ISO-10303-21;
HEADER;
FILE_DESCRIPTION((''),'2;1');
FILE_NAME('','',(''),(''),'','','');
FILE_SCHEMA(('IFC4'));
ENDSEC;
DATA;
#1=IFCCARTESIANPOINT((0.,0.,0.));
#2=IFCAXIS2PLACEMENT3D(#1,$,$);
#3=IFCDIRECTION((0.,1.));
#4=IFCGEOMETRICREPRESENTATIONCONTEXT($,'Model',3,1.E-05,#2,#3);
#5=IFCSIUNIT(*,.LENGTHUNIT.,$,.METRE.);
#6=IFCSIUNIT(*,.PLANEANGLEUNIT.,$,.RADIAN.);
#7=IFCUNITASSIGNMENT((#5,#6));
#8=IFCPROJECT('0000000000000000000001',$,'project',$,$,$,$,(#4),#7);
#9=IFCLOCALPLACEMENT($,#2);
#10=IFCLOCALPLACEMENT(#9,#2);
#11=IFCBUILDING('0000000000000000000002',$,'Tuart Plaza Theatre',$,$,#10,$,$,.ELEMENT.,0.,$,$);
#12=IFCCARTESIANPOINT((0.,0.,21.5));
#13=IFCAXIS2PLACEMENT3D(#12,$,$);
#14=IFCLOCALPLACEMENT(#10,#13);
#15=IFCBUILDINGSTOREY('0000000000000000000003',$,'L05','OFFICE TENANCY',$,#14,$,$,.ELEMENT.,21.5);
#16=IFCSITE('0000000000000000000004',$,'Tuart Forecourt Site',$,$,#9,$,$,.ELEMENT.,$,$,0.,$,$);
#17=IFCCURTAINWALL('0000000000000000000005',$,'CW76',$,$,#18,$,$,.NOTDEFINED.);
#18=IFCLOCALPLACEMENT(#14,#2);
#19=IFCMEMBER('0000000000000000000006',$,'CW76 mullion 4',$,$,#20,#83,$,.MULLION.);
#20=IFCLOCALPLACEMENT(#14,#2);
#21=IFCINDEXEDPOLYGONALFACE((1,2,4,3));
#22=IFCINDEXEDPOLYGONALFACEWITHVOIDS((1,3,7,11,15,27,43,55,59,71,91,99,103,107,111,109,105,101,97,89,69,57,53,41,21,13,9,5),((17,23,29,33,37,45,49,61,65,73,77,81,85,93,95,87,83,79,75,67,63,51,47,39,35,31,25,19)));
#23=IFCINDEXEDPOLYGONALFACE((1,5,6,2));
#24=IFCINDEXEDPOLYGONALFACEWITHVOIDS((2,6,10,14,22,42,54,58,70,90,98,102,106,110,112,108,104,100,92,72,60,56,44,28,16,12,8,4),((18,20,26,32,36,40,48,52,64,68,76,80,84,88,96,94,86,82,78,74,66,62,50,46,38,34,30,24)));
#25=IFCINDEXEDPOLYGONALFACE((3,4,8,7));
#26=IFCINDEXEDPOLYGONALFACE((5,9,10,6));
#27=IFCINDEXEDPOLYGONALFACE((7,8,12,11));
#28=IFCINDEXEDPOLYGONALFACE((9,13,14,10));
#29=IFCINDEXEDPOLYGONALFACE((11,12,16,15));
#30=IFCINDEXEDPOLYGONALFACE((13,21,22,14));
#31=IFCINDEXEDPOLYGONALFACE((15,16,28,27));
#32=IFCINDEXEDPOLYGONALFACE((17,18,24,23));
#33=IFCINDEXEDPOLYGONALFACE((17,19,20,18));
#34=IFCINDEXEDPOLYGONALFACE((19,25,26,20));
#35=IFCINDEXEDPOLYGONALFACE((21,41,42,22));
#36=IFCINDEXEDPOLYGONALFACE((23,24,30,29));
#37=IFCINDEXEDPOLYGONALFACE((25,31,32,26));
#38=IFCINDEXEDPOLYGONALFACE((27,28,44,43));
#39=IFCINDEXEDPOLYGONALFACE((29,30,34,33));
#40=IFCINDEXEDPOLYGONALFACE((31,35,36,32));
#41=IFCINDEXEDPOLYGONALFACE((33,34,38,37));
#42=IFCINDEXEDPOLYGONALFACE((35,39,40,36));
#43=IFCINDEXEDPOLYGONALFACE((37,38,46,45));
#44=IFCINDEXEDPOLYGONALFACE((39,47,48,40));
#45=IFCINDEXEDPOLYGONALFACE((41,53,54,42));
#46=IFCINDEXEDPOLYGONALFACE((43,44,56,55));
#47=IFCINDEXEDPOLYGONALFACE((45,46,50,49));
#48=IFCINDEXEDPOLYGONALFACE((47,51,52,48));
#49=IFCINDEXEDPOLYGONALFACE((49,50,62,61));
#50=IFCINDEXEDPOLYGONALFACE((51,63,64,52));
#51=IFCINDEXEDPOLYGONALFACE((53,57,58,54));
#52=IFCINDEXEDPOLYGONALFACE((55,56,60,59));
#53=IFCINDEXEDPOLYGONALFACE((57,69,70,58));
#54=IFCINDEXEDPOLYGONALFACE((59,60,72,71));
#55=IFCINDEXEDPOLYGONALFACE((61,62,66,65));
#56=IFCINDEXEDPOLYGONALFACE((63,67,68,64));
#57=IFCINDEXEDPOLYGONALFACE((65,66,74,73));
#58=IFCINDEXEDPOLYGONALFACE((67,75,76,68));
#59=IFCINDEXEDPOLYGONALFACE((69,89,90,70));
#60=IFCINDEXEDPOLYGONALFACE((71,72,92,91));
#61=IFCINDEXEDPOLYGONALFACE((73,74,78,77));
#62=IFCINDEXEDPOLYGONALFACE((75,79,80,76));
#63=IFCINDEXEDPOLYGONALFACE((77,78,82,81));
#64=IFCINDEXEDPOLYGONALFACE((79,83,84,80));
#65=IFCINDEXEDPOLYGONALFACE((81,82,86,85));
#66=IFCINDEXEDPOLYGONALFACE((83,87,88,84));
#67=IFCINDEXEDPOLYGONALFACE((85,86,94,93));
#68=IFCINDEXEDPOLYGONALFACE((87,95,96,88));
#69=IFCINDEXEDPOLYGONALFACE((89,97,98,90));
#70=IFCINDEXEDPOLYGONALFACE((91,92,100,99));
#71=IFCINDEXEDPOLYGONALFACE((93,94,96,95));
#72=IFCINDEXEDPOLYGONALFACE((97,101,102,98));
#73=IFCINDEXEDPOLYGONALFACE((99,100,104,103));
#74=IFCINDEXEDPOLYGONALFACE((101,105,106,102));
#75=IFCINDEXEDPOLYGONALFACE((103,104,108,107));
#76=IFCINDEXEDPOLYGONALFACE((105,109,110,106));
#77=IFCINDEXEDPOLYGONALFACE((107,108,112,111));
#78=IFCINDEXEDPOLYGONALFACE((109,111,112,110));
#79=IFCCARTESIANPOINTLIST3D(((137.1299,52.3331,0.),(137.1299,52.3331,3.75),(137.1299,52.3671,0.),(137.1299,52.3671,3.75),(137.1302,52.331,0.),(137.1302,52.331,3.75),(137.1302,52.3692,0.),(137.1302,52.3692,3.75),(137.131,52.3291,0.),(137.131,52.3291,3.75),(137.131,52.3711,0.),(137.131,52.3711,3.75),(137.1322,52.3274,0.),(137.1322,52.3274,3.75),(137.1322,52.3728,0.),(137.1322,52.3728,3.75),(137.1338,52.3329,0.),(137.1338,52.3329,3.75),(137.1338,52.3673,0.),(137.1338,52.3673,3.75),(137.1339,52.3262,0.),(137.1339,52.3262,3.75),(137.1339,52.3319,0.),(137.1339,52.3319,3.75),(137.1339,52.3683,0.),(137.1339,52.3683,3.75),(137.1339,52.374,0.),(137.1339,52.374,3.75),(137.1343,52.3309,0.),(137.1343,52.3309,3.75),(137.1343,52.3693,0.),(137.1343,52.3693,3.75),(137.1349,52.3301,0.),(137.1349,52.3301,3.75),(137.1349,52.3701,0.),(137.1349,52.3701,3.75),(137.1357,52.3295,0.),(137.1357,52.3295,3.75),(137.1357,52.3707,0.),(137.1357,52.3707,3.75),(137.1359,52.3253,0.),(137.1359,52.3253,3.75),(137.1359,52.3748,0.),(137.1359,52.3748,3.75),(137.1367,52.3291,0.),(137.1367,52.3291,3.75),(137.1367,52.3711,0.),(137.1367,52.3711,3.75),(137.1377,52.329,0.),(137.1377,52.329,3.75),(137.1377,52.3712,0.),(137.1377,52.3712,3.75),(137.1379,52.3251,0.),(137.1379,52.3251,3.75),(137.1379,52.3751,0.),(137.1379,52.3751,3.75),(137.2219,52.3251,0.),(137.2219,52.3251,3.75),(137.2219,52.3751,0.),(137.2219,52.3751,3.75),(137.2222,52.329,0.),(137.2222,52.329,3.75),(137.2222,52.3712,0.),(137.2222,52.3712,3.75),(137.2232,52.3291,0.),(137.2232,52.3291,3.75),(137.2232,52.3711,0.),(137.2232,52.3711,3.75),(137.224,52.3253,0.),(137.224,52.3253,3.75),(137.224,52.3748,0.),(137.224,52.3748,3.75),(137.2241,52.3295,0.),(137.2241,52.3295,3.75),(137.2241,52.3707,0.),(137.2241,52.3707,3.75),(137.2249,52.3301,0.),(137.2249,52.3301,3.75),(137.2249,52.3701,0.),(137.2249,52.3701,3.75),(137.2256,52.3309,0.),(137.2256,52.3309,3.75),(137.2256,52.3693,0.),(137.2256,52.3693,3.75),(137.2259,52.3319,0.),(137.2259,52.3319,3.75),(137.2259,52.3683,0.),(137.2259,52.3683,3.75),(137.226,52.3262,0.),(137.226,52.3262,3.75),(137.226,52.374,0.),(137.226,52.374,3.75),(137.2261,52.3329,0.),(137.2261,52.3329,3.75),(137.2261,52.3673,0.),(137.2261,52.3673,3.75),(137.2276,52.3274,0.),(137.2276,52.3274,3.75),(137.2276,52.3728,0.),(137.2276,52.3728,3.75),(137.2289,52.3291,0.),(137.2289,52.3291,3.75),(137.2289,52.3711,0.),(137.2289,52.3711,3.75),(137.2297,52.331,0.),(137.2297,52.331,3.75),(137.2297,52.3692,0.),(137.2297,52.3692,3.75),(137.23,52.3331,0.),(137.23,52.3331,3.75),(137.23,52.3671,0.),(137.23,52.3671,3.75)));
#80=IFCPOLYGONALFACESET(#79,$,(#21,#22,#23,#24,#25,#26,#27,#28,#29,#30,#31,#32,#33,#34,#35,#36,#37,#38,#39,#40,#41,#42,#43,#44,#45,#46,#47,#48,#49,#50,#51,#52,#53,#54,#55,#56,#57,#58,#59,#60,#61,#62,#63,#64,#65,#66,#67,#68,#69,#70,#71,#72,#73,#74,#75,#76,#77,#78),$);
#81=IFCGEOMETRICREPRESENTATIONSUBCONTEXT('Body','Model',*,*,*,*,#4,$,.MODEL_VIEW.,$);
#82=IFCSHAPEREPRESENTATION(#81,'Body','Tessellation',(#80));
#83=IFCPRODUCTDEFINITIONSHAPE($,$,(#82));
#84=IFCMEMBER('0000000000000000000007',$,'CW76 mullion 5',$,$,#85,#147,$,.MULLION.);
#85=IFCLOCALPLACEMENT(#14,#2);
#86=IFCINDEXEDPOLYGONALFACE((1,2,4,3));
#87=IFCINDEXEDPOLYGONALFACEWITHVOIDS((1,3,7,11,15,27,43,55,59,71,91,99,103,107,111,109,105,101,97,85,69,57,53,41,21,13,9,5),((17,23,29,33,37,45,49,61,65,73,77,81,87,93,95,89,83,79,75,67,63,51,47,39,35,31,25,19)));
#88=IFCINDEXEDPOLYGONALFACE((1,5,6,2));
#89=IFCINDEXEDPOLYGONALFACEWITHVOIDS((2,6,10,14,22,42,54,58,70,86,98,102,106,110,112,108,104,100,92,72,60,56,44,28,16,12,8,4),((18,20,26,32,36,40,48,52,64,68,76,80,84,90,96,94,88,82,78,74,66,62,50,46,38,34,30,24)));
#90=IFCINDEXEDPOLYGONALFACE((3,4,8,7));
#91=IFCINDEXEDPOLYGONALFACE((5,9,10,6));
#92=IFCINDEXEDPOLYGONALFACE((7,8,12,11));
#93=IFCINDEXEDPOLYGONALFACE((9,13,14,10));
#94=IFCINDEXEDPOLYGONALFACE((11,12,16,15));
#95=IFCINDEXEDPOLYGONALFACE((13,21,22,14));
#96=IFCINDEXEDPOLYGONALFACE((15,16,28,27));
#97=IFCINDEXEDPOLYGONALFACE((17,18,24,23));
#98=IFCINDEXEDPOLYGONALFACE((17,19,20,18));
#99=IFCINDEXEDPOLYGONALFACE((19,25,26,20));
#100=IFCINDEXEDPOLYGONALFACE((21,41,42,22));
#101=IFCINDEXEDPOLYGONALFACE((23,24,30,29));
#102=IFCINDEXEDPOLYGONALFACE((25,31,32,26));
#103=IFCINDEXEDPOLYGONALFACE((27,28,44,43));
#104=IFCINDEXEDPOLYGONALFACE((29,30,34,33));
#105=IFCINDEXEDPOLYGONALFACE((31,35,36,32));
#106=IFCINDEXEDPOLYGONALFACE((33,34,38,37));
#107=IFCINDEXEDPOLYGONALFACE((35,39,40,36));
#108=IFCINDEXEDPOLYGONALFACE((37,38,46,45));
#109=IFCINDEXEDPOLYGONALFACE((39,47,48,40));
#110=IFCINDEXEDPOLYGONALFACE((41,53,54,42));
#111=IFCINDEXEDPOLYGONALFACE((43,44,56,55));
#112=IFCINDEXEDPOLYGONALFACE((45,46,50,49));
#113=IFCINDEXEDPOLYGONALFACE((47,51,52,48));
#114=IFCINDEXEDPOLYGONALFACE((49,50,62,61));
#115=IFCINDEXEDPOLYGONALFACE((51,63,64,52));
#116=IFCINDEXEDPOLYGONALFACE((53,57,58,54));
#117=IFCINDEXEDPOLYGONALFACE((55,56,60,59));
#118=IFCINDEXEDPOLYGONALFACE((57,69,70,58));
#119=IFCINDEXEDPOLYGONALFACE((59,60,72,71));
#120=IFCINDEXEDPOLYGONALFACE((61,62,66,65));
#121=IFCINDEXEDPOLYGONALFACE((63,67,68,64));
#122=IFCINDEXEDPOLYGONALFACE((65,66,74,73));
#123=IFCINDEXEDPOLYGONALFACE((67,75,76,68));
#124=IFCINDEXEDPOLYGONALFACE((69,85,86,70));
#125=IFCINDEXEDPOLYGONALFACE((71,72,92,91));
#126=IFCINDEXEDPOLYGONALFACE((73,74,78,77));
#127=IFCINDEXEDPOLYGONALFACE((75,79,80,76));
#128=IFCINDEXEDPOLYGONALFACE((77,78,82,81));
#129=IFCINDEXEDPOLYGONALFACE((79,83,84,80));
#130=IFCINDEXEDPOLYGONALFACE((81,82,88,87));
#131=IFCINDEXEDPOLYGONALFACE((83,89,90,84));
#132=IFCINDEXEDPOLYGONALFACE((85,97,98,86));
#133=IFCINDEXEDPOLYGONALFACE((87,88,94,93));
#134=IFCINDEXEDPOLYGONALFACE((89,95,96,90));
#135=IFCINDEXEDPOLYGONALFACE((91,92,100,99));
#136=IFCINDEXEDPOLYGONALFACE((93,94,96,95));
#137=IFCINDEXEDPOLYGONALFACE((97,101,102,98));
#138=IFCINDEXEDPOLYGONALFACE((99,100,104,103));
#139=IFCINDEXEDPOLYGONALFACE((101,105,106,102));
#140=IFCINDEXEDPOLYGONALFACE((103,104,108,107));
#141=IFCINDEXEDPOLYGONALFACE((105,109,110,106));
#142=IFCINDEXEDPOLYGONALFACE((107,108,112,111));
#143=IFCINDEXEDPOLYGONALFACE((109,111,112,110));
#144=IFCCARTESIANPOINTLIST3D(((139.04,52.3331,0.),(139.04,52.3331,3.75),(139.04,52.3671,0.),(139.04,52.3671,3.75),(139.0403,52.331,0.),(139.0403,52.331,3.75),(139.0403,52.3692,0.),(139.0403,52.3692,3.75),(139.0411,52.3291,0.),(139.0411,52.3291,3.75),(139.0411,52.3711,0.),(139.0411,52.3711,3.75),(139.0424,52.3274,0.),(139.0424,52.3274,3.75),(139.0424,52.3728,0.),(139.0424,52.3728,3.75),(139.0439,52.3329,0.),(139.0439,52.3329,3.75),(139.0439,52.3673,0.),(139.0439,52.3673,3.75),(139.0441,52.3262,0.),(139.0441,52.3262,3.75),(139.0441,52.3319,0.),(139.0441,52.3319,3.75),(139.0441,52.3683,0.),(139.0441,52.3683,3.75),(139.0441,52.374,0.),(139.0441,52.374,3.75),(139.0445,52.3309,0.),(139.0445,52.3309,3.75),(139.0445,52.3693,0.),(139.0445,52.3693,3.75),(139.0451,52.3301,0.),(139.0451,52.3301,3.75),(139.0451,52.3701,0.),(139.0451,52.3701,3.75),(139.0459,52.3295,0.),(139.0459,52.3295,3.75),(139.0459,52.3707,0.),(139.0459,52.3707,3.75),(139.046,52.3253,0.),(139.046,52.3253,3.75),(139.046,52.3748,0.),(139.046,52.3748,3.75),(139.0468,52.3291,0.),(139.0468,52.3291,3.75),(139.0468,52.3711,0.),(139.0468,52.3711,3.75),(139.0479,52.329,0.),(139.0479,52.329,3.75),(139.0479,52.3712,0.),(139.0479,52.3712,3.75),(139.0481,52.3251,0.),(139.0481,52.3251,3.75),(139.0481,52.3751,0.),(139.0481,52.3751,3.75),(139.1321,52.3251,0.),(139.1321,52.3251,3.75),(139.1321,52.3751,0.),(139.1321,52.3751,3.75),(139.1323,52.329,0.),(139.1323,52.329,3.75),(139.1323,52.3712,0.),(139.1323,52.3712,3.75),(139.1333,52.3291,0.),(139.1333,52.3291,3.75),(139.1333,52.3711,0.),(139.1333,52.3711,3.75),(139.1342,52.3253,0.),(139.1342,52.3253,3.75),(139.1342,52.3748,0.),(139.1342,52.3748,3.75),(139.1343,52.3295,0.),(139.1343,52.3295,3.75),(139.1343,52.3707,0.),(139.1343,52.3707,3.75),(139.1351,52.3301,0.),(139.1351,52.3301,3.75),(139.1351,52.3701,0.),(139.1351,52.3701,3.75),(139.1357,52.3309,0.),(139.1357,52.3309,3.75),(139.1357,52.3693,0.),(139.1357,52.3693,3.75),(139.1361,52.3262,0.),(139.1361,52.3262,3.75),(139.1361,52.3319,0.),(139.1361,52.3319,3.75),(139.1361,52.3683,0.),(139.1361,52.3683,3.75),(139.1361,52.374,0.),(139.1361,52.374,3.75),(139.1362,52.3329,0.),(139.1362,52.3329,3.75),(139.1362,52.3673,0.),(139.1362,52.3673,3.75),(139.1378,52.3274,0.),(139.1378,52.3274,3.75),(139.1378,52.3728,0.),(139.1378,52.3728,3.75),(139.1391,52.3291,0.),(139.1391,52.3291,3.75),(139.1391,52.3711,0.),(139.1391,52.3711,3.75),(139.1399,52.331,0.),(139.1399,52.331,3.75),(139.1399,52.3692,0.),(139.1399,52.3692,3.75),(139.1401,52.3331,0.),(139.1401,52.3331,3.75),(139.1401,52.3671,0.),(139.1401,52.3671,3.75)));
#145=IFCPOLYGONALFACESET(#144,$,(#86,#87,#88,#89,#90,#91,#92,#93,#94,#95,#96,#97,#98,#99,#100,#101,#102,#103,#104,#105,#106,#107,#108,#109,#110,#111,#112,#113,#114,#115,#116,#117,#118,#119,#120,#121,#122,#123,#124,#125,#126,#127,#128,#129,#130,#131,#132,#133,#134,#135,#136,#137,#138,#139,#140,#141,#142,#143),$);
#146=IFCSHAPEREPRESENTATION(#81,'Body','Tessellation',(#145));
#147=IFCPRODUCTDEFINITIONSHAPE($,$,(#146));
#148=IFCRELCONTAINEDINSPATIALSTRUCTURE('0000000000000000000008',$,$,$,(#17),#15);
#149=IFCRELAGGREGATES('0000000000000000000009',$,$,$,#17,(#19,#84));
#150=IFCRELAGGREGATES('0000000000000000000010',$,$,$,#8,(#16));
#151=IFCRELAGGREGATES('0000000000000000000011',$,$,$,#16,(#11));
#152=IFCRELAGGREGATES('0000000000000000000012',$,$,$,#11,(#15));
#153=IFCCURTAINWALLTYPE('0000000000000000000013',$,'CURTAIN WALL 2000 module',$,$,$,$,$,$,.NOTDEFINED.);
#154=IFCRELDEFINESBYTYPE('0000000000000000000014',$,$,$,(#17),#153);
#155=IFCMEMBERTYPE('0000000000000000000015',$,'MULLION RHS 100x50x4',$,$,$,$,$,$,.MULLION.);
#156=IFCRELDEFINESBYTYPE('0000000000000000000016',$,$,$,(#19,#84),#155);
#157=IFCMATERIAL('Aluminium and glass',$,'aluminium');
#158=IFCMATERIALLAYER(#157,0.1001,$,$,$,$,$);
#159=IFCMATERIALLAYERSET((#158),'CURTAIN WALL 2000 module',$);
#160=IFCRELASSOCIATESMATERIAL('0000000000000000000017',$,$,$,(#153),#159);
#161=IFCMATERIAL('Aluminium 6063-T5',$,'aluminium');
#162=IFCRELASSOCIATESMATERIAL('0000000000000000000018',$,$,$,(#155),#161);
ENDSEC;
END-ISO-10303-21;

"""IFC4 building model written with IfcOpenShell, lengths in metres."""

from ifc_helpers import new_model, si_unit, direction, frame, origin, origin_2d, place, context, subcontext, project, spatial, hollow_rectangle, extrude, material, layer, layer_set, material_profile, profile_set, type_object, element, aggregate, save


model = new_model("IFC4")

# Units and contexts
model_context = context("Model", 3, precision=1e-05, world=origin(), true_north=direction((0.0, 1.0)))
body_context = subcontext(model_context, "Body", "Model", "MODEL_VIEW")
ifc_project = project(units=[si_unit("LENGTHUNIT", "METRE"), si_unit("PLANEANGLEUNIT", "RADIAN")], contexts=[model_context])

# Site, building, storey
site_placement = place(None, origin())
site = spatial("IfcSite", under=ifc_project, at=site_placement, Name="Tuart Forecourt Site", CompositionType="ELEMENT", RefElevation=0.0)
building_placement = place(site_placement, origin())
building = spatial("IfcBuilding", under=site, at=building_placement, Name="Tuart Plaza Theatre", CompositionType="ELEMENT", ElevationOfRefHeight=0.0)
storey_placement = place(building_placement, frame((0.0, 0.0, 21.5)))
storey = spatial("IfcBuildingStorey", under=building, at=storey_placement, Name="L05", Description="OFFICE TENANCY", CompositionType="ELEMENT", Elevation=21.5)

# Curtain wall, members
ifc_material_1 = material(Name="Aluminium and glass", Category="aluminium")
ifc_layer_1 = layer(ifc_material_1, 0.1001)
ifc_layer_set_1 = layer_set([ifc_layer_1], Name="CURTAIN WALL 2000 module")
curtain_wall_type = type_object("IfcCurtainWallType", Name="CURTAIN WALL 2000 module", PredefinedType="NOTDEFINED", material=ifc_layer_set_1)
curtain_wall_placement = place(storey_placement, origin())
curtain_wall = element("IfcCurtainWall", 1, at=curtain_wall_placement, inside=storey, type_object=curtain_wall_type, Name="CW76", PredefinedType="NOTDEFINED")
ifc_material_2 = material(Name="Aluminium 6063-T5", Category="aluminium")
ifc_material_profile_1 = material_profile(ifc_material_2, hollow_rectangle(XDim=0.05, YDim=0.1001, WallThickness=0.0039, InnerFilletRadius=0.0039, OuterFilletRadius=0.0081, at=origin_2d()), Name="RHS 100x50x4")
ifc_profile_set_1 = profile_set([ifc_material_profile_1], Name="Aluminium 6063-T5")
member_type_1 = type_object("IfcMemberType", Name="MULLION RHS 100x50x4", PredefinedType="MULLION", material=ifc_profile_set_1)
member_1_placement = place(storey_placement, frame((137.1799, 52.3501, 0.0), z_axis=(0.0, 0.0, 1.0), x_axis=(0.0, 1.0, 0.0)))
member_1 = element("IfcMember", 2, at=member_1_placement, type_object=member_type_1, Name="CW76 mullion 4", PredefinedType="MULLION", context=body_context, shape_type="SweptSolid", body=[
    extrude(hollow_rectangle(XDim=0.05, YDim=0.1001, WallThickness=0.0039, InnerFilletRadius=0.0039, OuterFilletRadius=0.0081, at=origin_2d()), origin(), (0.0, 0.0, 1.0), 3.75),
])
member_2_placement = place(storey_placement, frame((139.0901, 52.3501, 0.0), z_axis=(0.0, 0.0, 1.0), x_axis=(0.0, 1.0, 0.0)))
member_2 = element("IfcMember", 3, at=member_2_placement, type_object=member_type_1, Name="CW76 mullion 5", PredefinedType="MULLION", context=body_context, shape_type="SweptSolid", body=[
    extrude(hollow_rectangle(XDim=0.05, YDim=0.1001, WallThickness=0.0039, InnerFilletRadius=0.0039, OuterFilletRadius=0.0081, at=origin_2d()), origin(), (0.0, 0.0, 1.0), 3.75),
])
aggregate(curtain_wall, [member_1, member_2])

save(model, "model.ifc")
